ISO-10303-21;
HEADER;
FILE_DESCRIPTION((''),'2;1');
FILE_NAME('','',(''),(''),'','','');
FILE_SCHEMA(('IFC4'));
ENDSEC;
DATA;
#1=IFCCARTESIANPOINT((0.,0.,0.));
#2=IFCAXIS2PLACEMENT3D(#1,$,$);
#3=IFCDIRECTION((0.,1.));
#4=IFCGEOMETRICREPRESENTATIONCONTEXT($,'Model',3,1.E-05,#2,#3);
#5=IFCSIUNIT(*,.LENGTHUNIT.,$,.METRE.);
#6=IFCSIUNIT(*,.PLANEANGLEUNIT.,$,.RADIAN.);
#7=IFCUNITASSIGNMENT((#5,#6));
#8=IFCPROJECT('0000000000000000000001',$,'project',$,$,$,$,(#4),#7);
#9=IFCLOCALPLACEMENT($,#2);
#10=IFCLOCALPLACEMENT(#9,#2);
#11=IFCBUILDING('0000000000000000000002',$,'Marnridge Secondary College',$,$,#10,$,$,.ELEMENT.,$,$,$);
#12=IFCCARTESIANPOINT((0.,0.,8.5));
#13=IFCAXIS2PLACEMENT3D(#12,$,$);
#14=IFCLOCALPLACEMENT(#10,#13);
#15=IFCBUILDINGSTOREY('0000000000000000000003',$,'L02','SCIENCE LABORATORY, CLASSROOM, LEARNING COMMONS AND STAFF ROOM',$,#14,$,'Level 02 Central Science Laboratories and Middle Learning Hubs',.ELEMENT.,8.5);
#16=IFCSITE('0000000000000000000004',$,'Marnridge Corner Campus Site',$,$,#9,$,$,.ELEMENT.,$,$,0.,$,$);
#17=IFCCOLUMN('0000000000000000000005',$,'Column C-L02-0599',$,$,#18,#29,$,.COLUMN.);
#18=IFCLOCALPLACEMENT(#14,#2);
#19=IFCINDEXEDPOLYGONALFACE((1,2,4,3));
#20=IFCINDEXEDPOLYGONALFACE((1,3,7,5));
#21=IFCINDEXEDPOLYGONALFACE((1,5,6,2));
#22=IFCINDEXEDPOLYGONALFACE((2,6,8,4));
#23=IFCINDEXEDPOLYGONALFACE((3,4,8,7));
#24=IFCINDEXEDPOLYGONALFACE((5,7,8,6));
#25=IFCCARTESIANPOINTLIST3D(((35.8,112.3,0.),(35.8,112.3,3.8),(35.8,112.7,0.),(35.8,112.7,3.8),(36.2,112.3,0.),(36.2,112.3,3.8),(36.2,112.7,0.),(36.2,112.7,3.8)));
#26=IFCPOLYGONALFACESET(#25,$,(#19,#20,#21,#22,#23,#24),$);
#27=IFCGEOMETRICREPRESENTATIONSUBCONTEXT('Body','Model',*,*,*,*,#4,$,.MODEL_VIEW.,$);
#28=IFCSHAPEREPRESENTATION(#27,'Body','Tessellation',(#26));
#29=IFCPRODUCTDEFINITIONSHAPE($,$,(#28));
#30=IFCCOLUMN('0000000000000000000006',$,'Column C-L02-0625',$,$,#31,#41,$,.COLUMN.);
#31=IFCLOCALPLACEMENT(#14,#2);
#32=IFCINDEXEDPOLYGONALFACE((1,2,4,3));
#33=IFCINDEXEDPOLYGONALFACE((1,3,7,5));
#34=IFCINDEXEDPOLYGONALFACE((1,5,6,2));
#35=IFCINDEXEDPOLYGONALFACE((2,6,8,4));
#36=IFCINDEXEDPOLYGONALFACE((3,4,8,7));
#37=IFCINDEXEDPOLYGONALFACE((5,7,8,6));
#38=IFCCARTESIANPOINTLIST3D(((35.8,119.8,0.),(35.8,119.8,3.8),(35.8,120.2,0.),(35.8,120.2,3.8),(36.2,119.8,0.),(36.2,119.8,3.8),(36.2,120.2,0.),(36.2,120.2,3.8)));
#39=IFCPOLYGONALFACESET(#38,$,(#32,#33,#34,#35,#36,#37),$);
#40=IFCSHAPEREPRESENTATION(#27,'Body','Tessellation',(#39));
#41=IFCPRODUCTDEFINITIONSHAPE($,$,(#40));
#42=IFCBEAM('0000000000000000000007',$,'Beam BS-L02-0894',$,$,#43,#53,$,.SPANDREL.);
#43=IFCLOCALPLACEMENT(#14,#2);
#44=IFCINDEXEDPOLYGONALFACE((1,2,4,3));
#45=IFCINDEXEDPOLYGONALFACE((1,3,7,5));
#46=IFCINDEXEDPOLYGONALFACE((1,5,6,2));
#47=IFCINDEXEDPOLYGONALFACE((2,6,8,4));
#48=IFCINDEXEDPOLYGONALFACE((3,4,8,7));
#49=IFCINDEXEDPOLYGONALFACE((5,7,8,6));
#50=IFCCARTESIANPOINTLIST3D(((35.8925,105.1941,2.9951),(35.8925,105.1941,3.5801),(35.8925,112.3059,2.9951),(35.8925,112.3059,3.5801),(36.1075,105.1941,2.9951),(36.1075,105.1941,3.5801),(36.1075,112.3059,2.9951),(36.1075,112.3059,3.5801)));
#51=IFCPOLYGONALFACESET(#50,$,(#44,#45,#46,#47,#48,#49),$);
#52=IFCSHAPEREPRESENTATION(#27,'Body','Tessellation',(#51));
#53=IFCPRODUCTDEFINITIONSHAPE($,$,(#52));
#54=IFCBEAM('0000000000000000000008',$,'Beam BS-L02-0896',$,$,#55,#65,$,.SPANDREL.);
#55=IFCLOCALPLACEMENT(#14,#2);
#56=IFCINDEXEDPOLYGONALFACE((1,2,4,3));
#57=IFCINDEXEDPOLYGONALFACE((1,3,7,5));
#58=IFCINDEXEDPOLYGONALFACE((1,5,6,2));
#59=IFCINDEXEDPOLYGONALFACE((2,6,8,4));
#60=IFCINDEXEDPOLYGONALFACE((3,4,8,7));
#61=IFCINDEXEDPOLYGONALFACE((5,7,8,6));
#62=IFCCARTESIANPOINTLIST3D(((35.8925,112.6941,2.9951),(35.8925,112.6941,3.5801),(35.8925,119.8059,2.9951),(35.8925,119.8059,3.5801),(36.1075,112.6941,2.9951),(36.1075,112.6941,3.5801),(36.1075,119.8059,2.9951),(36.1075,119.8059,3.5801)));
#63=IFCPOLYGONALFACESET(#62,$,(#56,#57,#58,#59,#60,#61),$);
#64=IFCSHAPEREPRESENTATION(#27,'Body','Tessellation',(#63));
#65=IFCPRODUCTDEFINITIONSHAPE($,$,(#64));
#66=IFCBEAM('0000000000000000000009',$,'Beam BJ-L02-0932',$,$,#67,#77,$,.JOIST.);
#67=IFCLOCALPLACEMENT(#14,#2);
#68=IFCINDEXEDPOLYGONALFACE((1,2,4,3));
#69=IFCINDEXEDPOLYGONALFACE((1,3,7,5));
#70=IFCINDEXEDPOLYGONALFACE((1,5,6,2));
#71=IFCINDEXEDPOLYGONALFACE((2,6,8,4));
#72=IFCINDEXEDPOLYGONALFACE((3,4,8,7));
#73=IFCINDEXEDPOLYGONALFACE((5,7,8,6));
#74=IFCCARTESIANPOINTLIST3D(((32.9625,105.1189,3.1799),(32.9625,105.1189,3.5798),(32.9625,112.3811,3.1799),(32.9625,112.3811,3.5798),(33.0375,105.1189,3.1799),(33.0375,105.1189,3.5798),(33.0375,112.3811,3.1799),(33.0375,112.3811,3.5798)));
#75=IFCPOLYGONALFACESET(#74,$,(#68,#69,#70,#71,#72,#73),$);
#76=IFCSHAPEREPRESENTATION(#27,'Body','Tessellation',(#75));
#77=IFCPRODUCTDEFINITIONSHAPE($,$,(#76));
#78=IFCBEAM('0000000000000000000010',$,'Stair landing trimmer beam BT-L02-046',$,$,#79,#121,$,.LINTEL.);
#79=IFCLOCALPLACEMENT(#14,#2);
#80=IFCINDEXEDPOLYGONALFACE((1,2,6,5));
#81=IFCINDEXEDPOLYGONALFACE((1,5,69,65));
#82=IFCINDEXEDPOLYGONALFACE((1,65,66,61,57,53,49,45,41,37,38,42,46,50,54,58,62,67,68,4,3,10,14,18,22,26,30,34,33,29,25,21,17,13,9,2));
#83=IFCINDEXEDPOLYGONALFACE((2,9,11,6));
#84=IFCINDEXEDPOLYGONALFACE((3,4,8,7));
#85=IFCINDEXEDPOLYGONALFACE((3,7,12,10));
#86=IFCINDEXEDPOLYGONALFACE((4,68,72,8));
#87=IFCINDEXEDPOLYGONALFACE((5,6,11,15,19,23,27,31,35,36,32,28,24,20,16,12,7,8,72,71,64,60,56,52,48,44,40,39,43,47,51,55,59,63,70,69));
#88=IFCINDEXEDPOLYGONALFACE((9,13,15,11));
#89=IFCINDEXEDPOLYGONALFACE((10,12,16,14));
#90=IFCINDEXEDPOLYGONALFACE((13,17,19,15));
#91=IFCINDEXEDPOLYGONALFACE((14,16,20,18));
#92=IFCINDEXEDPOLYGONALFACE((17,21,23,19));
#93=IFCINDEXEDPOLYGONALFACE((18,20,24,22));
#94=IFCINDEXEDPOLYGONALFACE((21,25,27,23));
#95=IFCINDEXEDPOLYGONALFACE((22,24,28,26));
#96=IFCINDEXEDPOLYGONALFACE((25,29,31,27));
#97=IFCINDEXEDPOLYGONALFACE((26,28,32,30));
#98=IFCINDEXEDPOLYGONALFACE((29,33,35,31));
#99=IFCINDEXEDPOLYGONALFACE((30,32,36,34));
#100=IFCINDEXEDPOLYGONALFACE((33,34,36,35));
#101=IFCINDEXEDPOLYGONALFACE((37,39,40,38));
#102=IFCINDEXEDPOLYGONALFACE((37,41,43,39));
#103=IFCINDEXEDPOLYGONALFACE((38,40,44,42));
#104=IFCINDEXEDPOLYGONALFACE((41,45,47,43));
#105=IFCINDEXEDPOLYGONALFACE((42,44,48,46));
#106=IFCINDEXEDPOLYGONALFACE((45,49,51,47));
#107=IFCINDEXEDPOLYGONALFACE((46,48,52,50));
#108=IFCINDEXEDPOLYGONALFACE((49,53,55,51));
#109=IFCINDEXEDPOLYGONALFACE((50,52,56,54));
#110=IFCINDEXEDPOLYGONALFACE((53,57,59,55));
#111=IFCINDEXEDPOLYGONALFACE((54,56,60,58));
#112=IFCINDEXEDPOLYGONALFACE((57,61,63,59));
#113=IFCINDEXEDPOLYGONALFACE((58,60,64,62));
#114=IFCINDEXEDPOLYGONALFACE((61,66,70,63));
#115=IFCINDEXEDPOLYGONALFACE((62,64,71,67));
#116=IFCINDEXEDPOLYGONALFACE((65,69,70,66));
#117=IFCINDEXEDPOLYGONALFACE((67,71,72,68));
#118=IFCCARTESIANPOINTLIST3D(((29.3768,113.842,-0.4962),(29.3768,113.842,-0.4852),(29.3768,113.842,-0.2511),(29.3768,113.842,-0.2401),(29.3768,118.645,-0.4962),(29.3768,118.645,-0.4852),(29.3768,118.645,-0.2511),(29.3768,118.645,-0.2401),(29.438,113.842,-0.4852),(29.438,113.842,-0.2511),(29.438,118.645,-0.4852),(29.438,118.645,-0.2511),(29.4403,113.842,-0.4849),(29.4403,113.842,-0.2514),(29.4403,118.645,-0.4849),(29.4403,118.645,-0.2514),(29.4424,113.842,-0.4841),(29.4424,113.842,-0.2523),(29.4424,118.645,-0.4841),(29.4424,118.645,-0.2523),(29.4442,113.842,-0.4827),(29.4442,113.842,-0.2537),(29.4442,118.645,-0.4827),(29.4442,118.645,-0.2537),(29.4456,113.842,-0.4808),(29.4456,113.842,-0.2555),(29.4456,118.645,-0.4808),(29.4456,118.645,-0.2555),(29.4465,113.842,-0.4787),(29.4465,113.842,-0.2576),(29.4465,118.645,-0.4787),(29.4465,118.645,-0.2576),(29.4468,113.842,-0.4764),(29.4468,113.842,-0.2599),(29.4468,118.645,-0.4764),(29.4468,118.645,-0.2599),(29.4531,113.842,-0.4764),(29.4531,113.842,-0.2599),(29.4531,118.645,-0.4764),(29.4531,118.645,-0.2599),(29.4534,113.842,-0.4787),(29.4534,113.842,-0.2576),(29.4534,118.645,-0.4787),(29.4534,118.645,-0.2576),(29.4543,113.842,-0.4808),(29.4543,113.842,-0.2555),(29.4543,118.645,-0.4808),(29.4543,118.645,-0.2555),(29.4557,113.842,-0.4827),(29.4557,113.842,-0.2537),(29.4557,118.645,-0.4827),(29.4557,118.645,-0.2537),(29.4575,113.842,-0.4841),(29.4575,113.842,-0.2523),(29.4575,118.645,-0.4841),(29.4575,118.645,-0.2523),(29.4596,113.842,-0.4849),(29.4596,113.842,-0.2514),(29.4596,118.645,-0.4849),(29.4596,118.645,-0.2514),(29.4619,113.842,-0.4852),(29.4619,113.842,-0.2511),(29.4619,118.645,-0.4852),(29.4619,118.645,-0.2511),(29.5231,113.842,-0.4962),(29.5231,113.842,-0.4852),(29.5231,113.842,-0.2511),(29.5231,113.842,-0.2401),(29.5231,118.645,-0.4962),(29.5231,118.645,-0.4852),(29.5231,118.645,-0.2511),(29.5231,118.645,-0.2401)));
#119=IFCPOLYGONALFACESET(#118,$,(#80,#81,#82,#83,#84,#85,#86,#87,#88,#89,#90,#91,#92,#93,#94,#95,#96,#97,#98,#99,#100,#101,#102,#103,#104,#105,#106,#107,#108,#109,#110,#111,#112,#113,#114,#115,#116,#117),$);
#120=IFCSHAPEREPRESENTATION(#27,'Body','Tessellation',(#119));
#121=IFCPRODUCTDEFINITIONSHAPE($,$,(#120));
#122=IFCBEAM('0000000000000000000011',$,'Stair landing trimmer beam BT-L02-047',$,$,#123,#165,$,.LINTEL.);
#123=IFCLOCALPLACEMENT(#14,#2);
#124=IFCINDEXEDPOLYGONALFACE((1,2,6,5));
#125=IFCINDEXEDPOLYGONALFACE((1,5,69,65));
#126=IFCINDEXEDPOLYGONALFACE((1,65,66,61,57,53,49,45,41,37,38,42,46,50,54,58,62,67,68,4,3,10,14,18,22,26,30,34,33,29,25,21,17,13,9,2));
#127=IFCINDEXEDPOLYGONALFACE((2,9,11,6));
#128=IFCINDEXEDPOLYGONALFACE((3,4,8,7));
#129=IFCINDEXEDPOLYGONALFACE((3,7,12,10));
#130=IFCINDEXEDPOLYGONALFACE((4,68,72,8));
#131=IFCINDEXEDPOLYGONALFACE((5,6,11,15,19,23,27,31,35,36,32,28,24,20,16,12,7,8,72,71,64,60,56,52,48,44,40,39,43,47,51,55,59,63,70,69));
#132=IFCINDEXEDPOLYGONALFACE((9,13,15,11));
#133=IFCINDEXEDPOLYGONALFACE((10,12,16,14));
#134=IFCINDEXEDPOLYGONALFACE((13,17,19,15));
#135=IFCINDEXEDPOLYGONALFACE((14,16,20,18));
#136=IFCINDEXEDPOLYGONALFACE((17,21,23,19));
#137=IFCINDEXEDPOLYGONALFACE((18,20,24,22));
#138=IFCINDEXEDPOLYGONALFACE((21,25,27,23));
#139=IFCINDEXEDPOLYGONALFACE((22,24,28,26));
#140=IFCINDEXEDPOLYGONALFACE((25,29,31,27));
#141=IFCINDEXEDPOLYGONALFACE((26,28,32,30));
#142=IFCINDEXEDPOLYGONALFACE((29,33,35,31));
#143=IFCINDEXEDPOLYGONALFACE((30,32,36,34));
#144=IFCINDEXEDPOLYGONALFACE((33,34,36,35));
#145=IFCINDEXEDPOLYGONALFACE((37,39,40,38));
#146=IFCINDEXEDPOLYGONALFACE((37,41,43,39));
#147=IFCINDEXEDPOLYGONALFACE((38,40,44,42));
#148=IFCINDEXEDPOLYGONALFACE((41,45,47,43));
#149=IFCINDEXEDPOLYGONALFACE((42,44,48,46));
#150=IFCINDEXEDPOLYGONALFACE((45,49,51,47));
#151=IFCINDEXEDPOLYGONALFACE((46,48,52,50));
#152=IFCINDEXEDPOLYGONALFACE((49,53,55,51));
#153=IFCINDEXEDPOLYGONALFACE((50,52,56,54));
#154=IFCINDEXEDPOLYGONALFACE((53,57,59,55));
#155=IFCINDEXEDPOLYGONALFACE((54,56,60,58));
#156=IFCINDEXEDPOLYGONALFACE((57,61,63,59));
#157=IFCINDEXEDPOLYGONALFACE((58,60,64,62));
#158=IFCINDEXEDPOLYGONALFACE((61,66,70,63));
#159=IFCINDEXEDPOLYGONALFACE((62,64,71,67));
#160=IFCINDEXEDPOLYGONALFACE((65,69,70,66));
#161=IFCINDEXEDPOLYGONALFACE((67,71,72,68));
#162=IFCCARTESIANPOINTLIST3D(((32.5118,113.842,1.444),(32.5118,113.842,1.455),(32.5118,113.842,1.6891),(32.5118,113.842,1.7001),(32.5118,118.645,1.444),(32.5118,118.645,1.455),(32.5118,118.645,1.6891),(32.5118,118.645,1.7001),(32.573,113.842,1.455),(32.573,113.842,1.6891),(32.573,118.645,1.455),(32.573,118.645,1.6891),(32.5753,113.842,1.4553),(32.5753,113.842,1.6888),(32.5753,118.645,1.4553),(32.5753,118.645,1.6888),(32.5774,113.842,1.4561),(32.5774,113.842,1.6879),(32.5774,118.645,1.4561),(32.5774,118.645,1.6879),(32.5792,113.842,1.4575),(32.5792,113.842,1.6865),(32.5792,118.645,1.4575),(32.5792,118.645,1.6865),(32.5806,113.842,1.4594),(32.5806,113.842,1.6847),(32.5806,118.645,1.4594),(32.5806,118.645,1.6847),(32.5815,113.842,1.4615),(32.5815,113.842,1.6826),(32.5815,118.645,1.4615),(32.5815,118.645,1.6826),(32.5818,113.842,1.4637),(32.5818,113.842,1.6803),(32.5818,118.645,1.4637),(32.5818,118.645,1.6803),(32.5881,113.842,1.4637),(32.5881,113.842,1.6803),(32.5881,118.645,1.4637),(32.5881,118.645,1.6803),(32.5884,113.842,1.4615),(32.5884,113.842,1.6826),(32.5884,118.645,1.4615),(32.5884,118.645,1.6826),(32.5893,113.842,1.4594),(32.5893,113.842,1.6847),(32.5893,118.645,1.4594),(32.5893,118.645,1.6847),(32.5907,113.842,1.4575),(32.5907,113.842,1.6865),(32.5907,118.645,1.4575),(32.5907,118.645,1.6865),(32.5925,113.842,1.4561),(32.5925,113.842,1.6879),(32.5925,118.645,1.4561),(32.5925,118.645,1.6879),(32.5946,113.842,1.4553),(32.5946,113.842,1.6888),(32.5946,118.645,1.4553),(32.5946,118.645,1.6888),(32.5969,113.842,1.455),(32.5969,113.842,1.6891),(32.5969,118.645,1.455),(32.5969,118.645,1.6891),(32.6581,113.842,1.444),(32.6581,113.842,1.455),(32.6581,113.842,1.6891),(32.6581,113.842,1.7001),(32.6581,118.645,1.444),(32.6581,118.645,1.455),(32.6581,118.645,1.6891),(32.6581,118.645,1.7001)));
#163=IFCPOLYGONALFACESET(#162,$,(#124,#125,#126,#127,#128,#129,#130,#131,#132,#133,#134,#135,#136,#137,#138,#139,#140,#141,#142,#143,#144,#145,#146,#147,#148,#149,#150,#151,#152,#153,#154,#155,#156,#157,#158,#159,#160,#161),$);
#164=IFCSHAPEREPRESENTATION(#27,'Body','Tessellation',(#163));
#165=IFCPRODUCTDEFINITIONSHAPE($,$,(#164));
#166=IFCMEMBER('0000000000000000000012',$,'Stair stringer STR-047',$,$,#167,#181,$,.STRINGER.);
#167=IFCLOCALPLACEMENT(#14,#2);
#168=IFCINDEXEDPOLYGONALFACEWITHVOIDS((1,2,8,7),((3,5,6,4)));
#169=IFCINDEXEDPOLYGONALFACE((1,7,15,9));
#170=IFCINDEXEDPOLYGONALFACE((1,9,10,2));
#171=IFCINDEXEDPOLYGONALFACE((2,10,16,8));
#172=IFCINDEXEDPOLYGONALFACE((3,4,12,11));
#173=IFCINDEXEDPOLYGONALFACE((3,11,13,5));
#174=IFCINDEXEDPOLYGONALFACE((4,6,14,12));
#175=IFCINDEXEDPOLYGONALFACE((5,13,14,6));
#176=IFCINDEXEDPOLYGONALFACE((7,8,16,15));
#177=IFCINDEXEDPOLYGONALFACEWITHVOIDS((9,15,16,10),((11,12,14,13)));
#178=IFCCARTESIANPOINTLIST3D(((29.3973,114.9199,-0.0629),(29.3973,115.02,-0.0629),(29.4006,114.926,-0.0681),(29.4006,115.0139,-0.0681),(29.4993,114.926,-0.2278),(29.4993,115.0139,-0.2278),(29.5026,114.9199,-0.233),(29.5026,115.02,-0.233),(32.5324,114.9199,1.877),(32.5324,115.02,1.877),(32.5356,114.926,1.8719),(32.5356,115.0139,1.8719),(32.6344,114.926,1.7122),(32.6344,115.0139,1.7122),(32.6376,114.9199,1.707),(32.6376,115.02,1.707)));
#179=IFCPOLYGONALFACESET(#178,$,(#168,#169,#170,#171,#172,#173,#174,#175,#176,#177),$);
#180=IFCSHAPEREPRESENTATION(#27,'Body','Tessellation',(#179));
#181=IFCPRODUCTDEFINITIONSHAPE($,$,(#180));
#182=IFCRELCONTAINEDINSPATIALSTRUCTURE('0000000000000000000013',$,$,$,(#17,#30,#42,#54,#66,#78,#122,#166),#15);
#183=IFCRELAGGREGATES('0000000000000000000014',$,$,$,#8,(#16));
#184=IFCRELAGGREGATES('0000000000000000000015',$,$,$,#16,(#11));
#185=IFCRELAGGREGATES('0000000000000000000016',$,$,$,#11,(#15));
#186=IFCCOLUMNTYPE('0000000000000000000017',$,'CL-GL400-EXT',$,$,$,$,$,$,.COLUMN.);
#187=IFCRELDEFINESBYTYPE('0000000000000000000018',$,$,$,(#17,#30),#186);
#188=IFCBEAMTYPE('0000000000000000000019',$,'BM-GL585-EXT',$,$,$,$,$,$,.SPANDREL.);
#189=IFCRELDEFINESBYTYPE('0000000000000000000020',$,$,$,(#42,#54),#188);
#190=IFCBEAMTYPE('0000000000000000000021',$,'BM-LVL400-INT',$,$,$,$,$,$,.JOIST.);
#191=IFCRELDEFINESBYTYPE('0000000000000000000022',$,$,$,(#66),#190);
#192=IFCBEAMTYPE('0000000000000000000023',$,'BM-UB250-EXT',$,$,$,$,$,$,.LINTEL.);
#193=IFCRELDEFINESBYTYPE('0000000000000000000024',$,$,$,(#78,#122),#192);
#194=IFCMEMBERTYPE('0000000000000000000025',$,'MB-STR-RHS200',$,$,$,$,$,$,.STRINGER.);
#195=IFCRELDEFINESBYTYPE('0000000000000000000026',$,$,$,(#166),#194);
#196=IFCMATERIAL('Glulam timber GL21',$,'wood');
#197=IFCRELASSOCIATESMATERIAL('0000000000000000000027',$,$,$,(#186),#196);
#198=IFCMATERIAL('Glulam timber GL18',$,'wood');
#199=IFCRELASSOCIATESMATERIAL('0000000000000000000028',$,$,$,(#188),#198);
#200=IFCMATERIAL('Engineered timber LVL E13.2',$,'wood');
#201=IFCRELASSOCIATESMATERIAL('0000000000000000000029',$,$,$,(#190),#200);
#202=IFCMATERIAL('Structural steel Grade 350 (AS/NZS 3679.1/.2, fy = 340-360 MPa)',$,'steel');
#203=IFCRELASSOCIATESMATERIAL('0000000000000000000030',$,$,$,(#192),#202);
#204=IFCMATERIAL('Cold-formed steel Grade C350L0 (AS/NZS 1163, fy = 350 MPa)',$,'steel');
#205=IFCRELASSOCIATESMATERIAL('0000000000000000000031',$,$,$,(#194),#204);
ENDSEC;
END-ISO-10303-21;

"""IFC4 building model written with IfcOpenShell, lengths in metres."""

from ifc_helpers import new_model, si_unit, direction, frame, origin, origin_2d, place, context, subcontext, project, spatial, rectangle, hollow_rectangle, i_section, extrude, material, material_profile, profile_set, type_object, element, save


model = new_model("IFC4")

# Units and contexts
model_context = context("Model", 3, precision=1e-05, world=origin(), true_north=direction((0.0, 1.0)))
body_context = subcontext(model_context, "Body", "Model", "MODEL_VIEW")
ifc_project = project(units=[si_unit("LENGTHUNIT", "METRE"), si_unit("PLANEANGLEUNIT", "RADIAN")], contexts=[model_context])

# Site, building, storey
site_placement = place(None, origin())
site = spatial("IfcSite", under=ifc_project, at=site_placement, Name="Marnridge Corner Campus Site", CompositionType="ELEMENT", RefElevation=0.0)
building_placement = place(site_placement, origin())
building = spatial("IfcBuilding", under=site, at=building_placement, Name="Marnridge Secondary College", CompositionType="ELEMENT")
storey_placement = place(building_placement, frame((0.0, 0.0, 8.5)))
storey = spatial("IfcBuildingStorey", under=building, at=storey_placement, Name="L02", Description="SCIENCE LABORATORY, CLASSROOM, LEARNING COMMONS AND STAFF ROOM", LongName="Level 02 Central Science Laboratories and Middle Learning Hubs", CompositionType="ELEMENT", Elevation=8.5)

# Columns
ifc_material_1 = material(Name="Glulam timber GL21", Category="wood")
ifc_material_profile_1 = material_profile(ifc_material_1, rectangle(XDim=0.3999, YDim=0.3999, at=origin_2d()), Name="GL21 400x400")
ifc_profile_set_1 = profile_set([ifc_material_profile_1], Name="Glulam timber GL21")
column_type = type_object("IfcColumnType", Name="CL-GL400-EXT", PredefinedType="COLUMN", material=ifc_profile_set_1)
for number, where, z_axis, x_axis, name in (
    (1, (36.0, 112.5, 0.0), (0.0, 0.0, 1.0), (1.0, 0.0, 0.0), "Column C-L02-0599"),
    (2, (36.0, 120.0, 0.0), (0.0, 0.0, 1.0), (1.0, 0.0, 0.0), "Column C-L02-0625"),
):
    element("IfcColumn", number, at=place(storey_placement, frame(where, z_axis=z_axis, x_axis=x_axis)), inside=storey, type_object=column_type, Name=name, PredefinedType="COLUMN", context=body_context, shape_type="SweptSolid", body=[
        extrude(rectangle(XDim=0.3999, YDim=0.3999, at=origin_2d()), origin(), (0.0, 0.0, 1.0), 3.8),
    ])

# Beams
ifc_material_2 = material(Name="Glulam timber GL18", Category="wood")
ifc_material_profile_2 = material_profile(ifc_material_2, rectangle(XDim=0.2151, YDim=0.585, at=origin_2d()), Name="GL18 215x585")
ifc_profile_set_2 = profile_set([ifc_material_profile_2], Name="Glulam timber GL18")
beam_type_1 = type_object("IfcBeamType", Name="BM-GL585-EXT", PredefinedType="SPANDREL", material=ifc_profile_set_2)
for number, where, z_axis, x_axis, name in (
    (3, (36.0, 105.1941, 3.2876), (0.0, 1.0, 0.0), (-1.0, 0.0, 0.0), "Beam BS-L02-0894"),
    (4, (36.0, 112.6941, 3.2876), (0.0, 1.0, 0.0), (-1.0, 0.0, 0.0), "Beam BS-L02-0896"),
):
    element("IfcBeam", number, at=place(storey_placement, frame(where, z_axis=z_axis, x_axis=x_axis)), inside=storey, type_object=beam_type_1, Name=name, PredefinedType="SPANDREL", context=body_context, shape_type="SweptSolid", body=[
        extrude(rectangle(XDim=0.2151, YDim=0.585, at=origin_2d()), origin(), (0.0, 0.0, 1.0), 7.1118),
    ])
ifc_material_3 = material(Name="Engineered timber LVL E13.2", Category="wood")
ifc_material_profile_3 = material_profile(ifc_material_3, rectangle(XDim=0.075, YDim=0.3999, at=origin_2d()), Name="LVL 75x400")
ifc_profile_set_3 = profile_set([ifc_material_profile_3], Name="Engineered timber LVL E13.2")
beam_type_2 = type_object("IfcBeamType", Name="BM-LVL400-INT", PredefinedType="JOIST", material=ifc_profile_set_3)
beam_placement = place(storey_placement, frame((33.0, 105.1189, 3.3799), z_axis=(0.0, 1.0, 0.0), x_axis=(-1.0, 0.0, 0.0)))
element("IfcBeam", 5, at=beam_placement, inside=storey, type_object=beam_type_2, Name="Beam BJ-L02-0932", PredefinedType="JOIST", context=body_context, shape_type="SweptSolid", body=[
    extrude(rectangle(XDim=0.075, YDim=0.3999, at=origin_2d()), origin(), (0.0, 0.0, 1.0), 7.2622),
])
ifc_material_4 = material(Name="Structural steel Grade 350 (AS/NZS 3679.1/.2, fy = 340-360 MPa)", Category="steel")
ifc_material_profile_4 = material_profile(ifc_material_4, i_section(OverallWidth=0.1462, OverallDepth=0.2561, WebThickness=0.0063, FlangeThickness=0.011, FilletRadius=0.0088, at=origin_2d()), Name="250UB37.3")
ifc_profile_set_4 = profile_set([ifc_material_profile_4], Name="Structural steel Grade 350 (AS/NZS 3679.1/.2, fy = 340-360 MPa)")
beam_type_3 = type_object("IfcBeamType", Name="BM-UB250-EXT", PredefinedType="LINTEL", material=ifc_profile_set_4)
for number, where, z_axis, x_axis, name in (
    (6, (29.45, 113.842, -0.3682), (0.0, 1.0, 0.0), (-1.0, 0.0, 0.0), "Stair landing trimmer beam BT-L02-046"),
    (7, (32.585, 113.842, 1.572), (0.0, 1.0, 0.0), (-1.0, 0.0, 0.0), "Stair landing trimmer beam BT-L02-047"),
):
    element("IfcBeam", number, at=place(storey_placement, frame(where, z_axis=z_axis, x_axis=x_axis)), inside=storey, type_object=beam_type_3, Name=name, PredefinedType="LINTEL", context=body_context, shape_type="SweptSolid", body=[
        extrude(i_section(OverallWidth=0.1462, OverallDepth=0.2561, WebThickness=0.0063, FlangeThickness=0.011, FilletRadius=0.0088, at=origin_2d()), origin(), (0.0, 0.0, 1.0), 4.803),
    ])

# Member
ifc_material_5 = material(Name="Cold-formed steel Grade C350L0 (AS/NZS 1163, fy = 350 MPa)", Category="steel")
ifc_material_profile_5 = material_profile(ifc_material_5, hollow_rectangle(XDim=0.1001, YDim=0.2, WallThickness=0.0061, at=origin_2d()), Name="200x100x6.0RHS")
ifc_profile_set_5 = profile_set([ifc_material_profile_5], Name="Cold-formed steel Grade C350L0 (AS/NZS 1163, fy = 350 MPa)")
member_type = type_object("IfcMemberType", Name="MB-STR-RHS200", PredefinedType="STRINGER", material=ifc_profile_set_5)
member_1_placement = place(storey_placement, frame((29.45, 114.97, -0.1479), z_axis=(0.85036, 0.0, 0.526202), x_axis=(0.0, 1.0, 0.0)))
element("IfcMember", 8, at=member_1_placement, inside=storey, type_object=member_type, Name="Stair stringer STR-047", PredefinedType="STRINGER", context=body_context, shape_type="SweptSolid", body=[
    extrude(hollow_rectangle(XDim=0.1001, YDim=0.2, WallThickness=0.0061, at=origin_2d()), origin(), (0.0, 0.0, 1.0), 3.6868),
])

save(model, "model.ifc")
